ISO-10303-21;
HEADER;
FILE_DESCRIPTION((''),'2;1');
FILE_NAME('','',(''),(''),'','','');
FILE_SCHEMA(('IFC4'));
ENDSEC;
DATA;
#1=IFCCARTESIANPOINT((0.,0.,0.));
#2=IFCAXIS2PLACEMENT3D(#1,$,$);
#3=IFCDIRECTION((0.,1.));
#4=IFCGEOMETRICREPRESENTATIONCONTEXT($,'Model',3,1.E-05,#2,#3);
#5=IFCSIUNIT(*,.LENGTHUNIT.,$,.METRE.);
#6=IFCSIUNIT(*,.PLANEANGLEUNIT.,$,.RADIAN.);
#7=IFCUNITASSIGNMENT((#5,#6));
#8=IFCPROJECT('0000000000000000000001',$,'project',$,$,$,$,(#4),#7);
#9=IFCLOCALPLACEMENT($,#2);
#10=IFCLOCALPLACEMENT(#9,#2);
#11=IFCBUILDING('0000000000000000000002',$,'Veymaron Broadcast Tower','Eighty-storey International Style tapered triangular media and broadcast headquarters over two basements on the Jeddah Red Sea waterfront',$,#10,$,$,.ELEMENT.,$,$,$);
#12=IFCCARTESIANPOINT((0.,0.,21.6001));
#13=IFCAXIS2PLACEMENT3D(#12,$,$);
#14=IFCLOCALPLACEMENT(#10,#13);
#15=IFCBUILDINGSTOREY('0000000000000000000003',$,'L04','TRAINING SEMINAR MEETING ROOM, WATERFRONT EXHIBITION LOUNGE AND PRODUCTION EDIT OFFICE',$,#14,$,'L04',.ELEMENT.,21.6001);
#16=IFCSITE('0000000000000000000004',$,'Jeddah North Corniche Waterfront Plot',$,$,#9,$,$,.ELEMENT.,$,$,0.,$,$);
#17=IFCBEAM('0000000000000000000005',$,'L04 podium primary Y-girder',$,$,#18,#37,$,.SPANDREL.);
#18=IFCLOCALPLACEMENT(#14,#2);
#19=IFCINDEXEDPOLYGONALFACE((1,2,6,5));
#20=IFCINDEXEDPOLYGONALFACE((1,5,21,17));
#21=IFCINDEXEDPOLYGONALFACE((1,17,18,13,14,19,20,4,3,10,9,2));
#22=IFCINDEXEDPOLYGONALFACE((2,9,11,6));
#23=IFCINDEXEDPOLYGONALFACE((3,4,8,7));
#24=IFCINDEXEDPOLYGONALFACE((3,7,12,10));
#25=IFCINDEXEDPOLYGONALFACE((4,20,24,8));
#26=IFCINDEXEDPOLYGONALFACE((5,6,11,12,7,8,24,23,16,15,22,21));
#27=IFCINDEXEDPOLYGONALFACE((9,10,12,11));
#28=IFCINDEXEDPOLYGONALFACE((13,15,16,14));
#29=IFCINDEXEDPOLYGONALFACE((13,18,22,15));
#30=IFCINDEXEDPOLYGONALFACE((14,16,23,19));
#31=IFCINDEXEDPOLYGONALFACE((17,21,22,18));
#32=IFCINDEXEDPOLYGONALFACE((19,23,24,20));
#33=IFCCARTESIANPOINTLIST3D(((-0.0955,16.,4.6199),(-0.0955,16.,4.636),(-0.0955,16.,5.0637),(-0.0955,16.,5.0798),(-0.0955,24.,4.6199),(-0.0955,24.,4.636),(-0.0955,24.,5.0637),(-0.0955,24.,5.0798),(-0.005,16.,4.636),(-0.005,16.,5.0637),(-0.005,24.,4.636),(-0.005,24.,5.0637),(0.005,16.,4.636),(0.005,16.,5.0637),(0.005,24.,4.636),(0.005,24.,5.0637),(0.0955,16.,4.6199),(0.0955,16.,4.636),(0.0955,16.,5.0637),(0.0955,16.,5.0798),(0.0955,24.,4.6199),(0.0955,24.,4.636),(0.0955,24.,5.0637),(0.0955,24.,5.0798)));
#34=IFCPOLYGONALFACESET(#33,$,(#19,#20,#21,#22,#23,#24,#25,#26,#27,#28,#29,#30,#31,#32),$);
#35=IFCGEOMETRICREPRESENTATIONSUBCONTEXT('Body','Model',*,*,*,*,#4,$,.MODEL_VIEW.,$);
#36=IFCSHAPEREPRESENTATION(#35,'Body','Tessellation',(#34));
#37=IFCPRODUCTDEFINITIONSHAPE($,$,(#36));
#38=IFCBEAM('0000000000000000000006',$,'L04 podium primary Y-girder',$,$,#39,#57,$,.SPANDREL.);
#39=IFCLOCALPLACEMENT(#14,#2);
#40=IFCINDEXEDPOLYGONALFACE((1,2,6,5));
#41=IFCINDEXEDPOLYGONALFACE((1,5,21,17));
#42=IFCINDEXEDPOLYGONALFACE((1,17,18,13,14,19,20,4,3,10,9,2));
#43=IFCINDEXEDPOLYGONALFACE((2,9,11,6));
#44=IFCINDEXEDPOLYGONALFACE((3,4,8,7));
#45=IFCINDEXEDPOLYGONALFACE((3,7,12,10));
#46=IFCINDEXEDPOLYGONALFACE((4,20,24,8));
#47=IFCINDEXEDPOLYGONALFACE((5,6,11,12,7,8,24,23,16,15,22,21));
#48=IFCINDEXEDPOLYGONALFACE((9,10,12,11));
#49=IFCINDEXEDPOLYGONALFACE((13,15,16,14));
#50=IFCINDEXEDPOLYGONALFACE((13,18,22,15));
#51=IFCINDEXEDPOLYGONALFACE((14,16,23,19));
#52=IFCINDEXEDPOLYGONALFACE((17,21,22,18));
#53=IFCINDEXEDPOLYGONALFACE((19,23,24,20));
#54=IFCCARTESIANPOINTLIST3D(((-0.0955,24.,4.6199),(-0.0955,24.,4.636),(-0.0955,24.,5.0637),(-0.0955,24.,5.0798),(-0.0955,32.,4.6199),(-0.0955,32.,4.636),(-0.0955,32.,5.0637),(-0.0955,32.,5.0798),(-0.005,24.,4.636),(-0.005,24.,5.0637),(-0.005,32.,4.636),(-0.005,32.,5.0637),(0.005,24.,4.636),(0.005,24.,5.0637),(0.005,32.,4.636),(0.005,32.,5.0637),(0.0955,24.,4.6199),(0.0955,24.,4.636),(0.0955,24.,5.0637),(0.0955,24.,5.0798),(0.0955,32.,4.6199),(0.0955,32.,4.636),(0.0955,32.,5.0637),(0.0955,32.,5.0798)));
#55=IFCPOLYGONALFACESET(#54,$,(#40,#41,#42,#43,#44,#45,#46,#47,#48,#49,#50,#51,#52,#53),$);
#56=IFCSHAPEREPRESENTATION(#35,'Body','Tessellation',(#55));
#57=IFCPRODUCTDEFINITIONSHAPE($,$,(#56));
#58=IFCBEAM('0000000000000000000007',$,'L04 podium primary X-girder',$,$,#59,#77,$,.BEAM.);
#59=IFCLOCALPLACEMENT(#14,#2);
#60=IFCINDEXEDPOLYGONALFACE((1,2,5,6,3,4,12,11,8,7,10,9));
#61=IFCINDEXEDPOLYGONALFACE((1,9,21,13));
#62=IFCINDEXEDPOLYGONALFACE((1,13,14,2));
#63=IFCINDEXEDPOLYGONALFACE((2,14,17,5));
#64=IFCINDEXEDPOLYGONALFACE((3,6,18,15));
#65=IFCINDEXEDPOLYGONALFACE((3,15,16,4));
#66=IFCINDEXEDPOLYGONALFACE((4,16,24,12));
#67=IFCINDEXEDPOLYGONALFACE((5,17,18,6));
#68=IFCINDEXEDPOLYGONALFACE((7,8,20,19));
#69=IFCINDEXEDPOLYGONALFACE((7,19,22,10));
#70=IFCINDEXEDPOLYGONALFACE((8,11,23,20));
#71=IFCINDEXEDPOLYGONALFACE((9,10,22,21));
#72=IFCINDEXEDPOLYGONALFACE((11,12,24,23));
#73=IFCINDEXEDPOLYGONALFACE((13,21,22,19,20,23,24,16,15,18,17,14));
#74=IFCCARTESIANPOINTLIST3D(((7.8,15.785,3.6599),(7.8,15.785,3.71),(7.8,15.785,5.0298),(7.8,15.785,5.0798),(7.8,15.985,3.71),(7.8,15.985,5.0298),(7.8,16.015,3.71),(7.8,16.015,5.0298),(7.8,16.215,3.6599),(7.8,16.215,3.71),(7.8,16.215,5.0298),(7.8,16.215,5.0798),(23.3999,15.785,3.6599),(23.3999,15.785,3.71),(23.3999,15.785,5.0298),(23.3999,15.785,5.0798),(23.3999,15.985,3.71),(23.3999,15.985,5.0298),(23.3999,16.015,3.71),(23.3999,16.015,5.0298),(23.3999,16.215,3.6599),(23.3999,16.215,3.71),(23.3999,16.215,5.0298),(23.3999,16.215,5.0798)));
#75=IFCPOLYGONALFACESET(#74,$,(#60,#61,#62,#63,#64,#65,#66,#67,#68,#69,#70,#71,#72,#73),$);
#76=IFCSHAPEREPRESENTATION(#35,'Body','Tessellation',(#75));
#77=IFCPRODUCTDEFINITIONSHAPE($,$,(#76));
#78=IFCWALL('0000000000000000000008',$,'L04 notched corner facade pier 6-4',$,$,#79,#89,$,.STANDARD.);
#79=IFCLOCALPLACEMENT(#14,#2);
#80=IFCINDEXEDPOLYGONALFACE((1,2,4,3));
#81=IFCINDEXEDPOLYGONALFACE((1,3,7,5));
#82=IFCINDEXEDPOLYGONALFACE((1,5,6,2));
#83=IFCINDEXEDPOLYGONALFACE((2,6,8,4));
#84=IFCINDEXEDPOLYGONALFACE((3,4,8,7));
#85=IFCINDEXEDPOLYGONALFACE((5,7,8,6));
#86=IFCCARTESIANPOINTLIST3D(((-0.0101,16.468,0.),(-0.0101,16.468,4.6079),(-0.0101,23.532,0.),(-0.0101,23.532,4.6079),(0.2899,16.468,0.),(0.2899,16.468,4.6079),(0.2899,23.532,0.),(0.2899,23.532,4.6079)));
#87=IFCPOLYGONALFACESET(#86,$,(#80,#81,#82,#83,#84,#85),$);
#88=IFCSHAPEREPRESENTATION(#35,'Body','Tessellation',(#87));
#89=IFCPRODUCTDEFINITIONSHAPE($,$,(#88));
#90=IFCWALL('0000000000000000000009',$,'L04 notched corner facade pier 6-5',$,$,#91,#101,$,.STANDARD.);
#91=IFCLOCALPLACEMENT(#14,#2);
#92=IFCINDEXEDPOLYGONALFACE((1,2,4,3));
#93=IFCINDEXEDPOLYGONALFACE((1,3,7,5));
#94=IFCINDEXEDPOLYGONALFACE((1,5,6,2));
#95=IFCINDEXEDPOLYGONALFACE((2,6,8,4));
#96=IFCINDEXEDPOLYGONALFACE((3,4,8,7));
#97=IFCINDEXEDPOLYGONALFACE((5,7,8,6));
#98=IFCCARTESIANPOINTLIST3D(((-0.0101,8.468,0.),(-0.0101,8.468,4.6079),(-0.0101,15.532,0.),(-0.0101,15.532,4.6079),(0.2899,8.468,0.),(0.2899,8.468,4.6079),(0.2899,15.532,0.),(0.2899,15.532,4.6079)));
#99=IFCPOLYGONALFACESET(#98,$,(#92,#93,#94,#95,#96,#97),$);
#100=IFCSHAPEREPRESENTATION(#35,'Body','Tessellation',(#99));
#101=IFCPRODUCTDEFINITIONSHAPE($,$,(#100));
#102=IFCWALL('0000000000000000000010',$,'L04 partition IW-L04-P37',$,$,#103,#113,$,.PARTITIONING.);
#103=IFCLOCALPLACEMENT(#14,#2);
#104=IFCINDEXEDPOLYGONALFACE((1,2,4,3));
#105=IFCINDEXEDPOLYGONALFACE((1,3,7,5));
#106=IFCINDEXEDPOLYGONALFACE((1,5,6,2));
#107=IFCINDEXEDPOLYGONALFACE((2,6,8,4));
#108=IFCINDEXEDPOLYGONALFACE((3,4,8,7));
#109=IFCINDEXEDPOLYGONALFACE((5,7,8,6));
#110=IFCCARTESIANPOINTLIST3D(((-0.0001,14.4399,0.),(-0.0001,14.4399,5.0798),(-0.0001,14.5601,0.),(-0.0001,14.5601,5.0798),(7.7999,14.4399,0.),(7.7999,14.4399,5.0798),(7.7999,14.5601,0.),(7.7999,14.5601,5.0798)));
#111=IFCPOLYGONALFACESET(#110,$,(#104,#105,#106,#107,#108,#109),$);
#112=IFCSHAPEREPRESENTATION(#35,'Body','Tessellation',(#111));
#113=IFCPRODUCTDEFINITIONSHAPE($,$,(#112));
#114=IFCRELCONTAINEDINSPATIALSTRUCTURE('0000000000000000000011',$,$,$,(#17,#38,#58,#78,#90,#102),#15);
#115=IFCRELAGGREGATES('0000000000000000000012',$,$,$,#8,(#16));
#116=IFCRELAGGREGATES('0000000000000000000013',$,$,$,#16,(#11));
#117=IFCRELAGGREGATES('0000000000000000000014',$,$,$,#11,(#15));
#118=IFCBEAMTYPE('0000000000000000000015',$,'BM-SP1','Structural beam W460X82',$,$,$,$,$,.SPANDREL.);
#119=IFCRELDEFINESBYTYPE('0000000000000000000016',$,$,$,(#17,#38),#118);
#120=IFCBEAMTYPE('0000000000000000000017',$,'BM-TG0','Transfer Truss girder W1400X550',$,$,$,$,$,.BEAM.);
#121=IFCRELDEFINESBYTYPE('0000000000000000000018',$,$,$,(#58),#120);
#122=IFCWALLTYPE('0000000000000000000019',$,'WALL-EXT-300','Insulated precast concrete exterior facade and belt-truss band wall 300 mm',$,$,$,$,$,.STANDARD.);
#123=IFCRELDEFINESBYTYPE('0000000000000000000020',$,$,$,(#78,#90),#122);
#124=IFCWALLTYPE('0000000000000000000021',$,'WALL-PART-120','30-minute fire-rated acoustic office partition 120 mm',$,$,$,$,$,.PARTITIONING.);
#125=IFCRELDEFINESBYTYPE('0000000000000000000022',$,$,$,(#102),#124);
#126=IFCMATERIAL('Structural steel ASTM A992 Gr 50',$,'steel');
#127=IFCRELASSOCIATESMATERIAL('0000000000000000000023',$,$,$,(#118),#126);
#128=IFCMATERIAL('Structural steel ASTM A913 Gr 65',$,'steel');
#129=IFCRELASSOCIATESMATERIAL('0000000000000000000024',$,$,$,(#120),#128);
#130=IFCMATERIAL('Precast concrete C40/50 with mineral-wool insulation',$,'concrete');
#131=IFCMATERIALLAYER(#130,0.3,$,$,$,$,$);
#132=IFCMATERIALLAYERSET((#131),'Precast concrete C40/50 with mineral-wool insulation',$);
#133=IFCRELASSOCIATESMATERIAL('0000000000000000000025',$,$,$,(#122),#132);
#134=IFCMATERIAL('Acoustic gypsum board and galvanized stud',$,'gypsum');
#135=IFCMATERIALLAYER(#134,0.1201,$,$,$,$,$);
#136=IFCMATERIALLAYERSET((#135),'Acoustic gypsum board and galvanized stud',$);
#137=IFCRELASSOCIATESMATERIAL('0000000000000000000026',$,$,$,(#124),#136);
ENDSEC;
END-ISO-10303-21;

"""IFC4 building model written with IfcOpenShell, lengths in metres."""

from ifc_helpers import new_model, si_unit, direction, frame, frame_2d, origin, origin_2d, place, context, subcontext, project, spatial, rectangle, i_section, extrude, material, layer, layer_set, material_profile, profile_set, type_object, element, save


model = new_model("IFC4")

# Units and contexts
model_context = context("Model", 3, precision=1e-05, world=origin(), true_north=direction((0.0, 1.0)))
body_context = subcontext(model_context, "Body", "Model", "MODEL_VIEW")
ifc_project = project(units=[si_unit("LENGTHUNIT", "METRE"), si_unit("PLANEANGLEUNIT", "RADIAN")], contexts=[model_context])

# Site, building, storey
site_placement = place(None, origin())
site = spatial("IfcSite", under=ifc_project, at=site_placement, Name="Jeddah North Corniche Waterfront Plot", CompositionType="ELEMENT", RefElevation=0.0)
building_placement = place(site_placement, origin())
building = spatial("IfcBuilding", under=site, at=building_placement, Name="Veymaron Broadcast Tower", Description="Eighty-storey International Style tapered triangular media and broadcast headquarters over two basements on the Jeddah Red Sea waterfront", CompositionType="ELEMENT")
storey_placement = place(building_placement, frame((0.0, 0.0, 21.6001)))
storey = spatial("IfcBuildingStorey", under=building, at=storey_placement, Name="L04", Description="TRAINING SEMINAR MEETING ROOM, WATERFRONT EXHIBITION LOUNGE AND PRODUCTION EDIT OFFICE", LongName="L04", CompositionType="ELEMENT", Elevation=21.6001)

# Shared definitions
ifc_material_1 = material(Name="Structural steel ASTM A913 Gr 65", Category="steel")

# Beams
ifc_material_2 = material(Name="Structural steel ASTM A992 Gr 50", Category="steel")
ifc_material_profile_1 = material_profile(ifc_material_2, i_section(OverallWidth=0.1909, OverallDepth=0.46, WebThickness=0.01, FlangeThickness=0.0161, at=origin_2d()), Name="W460X82")
ifc_profile_set_1 = profile_set([ifc_material_profile_1], Name="Structural steel ASTM A992 Gr 50")
beam_type_1 = type_object("IfcBeamType", Name="BM-SP1", Description="Structural beam W460X82", PredefinedType="SPANDREL", material=ifc_profile_set_1)
for number, where, z_axis, x_axis, name in (
    (1, (0.0, 16.0, 4.8499), (0.0, 1.0, 0.0), (-1.0, 0.0, 0.0), "L04 podium primary Y-girder"),
    (2, (0.0, 24.0, 4.8499), (0.0, 1.0, 0.0), (-1.0, 0.0, 0.0), "L04 podium primary Y-girder"),
):
    element("IfcBeam", number, at=place(storey_placement, frame(where, z_axis=z_axis, x_axis=x_axis)), inside=storey, type_object=beam_type_1, Name=name, PredefinedType="SPANDREL", context=body_context, shape_type="SweptSolid", body=[
        extrude(i_section(OverallWidth=0.1909, OverallDepth=0.46, WebThickness=0.01, FlangeThickness=0.0161, at=origin_2d()), origin(), (0.0, 0.0, 1.0), 8.0),
    ])
ifc_material_profile_2 = material_profile(ifc_material_1, i_section(OverallWidth=0.4299, OverallDepth=1.4199, WebThickness=0.03, FlangeThickness=0.05, at=origin_2d()), Name="W1400X550")
ifc_profile_set_2 = profile_set([ifc_material_profile_2], Name="Structural steel ASTM A913 Gr 65")
beam_type_2 = type_object("IfcBeamType", Name="BM-TG0", Description="Transfer Truss girder W1400X550", PredefinedType="BEAM", material=ifc_profile_set_2)
beam_1_placement = place(storey_placement, frame((7.8, 16.0, 4.3699), z_axis=(1.0, 0.0, 0.0), x_axis=(0.0, 1.0, 0.0)))
element("IfcBeam", 3, at=beam_1_placement, inside=storey, type_object=beam_type_2, Name="L04 podium primary X-girder", PredefinedType="BEAM", context=body_context, shape_type="SweptSolid", body=[
    extrude(i_section(OverallWidth=0.4299, OverallDepth=1.4199, WebThickness=0.03, FlangeThickness=0.05, at=origin_2d()), origin(), (0.0, 0.0, 1.0), 15.5999),
])

# Walls
ifc_material_3 = material(Name="Precast concrete C40/50 with mineral-wool insulation", Category="concrete")
ifc_layer_1 = layer(ifc_material_3, 0.3)
ifc_layer_set_1 = layer_set([ifc_layer_1], Name="Precast concrete C40/50 with mineral-wool insulation")
wall_type_1 = type_object("IfcWallType", Name="WALL-EXT-300", Description="Insulated precast concrete exterior facade and belt-truss band wall 300 mm", PredefinedType="STANDARD", material=ifc_layer_set_1)
for number, where, z_axis, x_axis, name in (
    (4, (0.1399, 23.532, 0.0), (0.0, 0.0, 1.0), (0.0, -1.0, 0.0), "L04 notched corner facade pier 6-4"),
    (5, (0.1399, 15.532, 0.0), (0.0, 0.0, 1.0), (0.0, -1.0, 0.0), "L04 notched corner facade pier 6-5"),
):
    element("IfcWall", number, at=place(storey_placement, frame(where, z_axis=z_axis, x_axis=x_axis)), inside=storey, type_object=wall_type_1, Name=name, PredefinedType="STANDARD", context=body_context, shape_type="SweptSolid", body=[
        extrude(rectangle(XDim=7.064, YDim=0.3, at=frame_2d((3.532, 0.0))), origin(), (0.0, 0.0, 1.0), 4.6079),
    ])
ifc_material_4 = material(Name="Acoustic gypsum board and galvanized stud", Category="gypsum")
ifc_layer_2 = layer(ifc_material_4, 0.1201)
ifc_layer_set_2 = layer_set([ifc_layer_2], Name="Acoustic gypsum board and galvanized stud")
wall_type_2 = type_object("IfcWallType", Name="WALL-PART-120", Description="30-minute fire-rated acoustic office partition 120 mm", PredefinedType="PARTITIONING", material=ifc_layer_set_2)
wall_placement = place(storey_placement, frame((0.0, 14.5, 0.0), z_axis=(0.0, 0.0, 1.0), x_axis=(1.0, 0.0, 0.0)))
element("IfcWall", 6, at=wall_placement, inside=storey, type_object=wall_type_2, Name="L04 partition IW-L04-P37", PredefinedType="PARTITIONING", context=body_context, shape_type="SweptSolid", body=[
    extrude(rectangle(XDim=7.8, YDim=0.1201, at=frame_2d((3.8999, 0.0))), origin(), (0.0, 0.0, 1.0), 5.0798),
])

save(model, "model.ifc")
